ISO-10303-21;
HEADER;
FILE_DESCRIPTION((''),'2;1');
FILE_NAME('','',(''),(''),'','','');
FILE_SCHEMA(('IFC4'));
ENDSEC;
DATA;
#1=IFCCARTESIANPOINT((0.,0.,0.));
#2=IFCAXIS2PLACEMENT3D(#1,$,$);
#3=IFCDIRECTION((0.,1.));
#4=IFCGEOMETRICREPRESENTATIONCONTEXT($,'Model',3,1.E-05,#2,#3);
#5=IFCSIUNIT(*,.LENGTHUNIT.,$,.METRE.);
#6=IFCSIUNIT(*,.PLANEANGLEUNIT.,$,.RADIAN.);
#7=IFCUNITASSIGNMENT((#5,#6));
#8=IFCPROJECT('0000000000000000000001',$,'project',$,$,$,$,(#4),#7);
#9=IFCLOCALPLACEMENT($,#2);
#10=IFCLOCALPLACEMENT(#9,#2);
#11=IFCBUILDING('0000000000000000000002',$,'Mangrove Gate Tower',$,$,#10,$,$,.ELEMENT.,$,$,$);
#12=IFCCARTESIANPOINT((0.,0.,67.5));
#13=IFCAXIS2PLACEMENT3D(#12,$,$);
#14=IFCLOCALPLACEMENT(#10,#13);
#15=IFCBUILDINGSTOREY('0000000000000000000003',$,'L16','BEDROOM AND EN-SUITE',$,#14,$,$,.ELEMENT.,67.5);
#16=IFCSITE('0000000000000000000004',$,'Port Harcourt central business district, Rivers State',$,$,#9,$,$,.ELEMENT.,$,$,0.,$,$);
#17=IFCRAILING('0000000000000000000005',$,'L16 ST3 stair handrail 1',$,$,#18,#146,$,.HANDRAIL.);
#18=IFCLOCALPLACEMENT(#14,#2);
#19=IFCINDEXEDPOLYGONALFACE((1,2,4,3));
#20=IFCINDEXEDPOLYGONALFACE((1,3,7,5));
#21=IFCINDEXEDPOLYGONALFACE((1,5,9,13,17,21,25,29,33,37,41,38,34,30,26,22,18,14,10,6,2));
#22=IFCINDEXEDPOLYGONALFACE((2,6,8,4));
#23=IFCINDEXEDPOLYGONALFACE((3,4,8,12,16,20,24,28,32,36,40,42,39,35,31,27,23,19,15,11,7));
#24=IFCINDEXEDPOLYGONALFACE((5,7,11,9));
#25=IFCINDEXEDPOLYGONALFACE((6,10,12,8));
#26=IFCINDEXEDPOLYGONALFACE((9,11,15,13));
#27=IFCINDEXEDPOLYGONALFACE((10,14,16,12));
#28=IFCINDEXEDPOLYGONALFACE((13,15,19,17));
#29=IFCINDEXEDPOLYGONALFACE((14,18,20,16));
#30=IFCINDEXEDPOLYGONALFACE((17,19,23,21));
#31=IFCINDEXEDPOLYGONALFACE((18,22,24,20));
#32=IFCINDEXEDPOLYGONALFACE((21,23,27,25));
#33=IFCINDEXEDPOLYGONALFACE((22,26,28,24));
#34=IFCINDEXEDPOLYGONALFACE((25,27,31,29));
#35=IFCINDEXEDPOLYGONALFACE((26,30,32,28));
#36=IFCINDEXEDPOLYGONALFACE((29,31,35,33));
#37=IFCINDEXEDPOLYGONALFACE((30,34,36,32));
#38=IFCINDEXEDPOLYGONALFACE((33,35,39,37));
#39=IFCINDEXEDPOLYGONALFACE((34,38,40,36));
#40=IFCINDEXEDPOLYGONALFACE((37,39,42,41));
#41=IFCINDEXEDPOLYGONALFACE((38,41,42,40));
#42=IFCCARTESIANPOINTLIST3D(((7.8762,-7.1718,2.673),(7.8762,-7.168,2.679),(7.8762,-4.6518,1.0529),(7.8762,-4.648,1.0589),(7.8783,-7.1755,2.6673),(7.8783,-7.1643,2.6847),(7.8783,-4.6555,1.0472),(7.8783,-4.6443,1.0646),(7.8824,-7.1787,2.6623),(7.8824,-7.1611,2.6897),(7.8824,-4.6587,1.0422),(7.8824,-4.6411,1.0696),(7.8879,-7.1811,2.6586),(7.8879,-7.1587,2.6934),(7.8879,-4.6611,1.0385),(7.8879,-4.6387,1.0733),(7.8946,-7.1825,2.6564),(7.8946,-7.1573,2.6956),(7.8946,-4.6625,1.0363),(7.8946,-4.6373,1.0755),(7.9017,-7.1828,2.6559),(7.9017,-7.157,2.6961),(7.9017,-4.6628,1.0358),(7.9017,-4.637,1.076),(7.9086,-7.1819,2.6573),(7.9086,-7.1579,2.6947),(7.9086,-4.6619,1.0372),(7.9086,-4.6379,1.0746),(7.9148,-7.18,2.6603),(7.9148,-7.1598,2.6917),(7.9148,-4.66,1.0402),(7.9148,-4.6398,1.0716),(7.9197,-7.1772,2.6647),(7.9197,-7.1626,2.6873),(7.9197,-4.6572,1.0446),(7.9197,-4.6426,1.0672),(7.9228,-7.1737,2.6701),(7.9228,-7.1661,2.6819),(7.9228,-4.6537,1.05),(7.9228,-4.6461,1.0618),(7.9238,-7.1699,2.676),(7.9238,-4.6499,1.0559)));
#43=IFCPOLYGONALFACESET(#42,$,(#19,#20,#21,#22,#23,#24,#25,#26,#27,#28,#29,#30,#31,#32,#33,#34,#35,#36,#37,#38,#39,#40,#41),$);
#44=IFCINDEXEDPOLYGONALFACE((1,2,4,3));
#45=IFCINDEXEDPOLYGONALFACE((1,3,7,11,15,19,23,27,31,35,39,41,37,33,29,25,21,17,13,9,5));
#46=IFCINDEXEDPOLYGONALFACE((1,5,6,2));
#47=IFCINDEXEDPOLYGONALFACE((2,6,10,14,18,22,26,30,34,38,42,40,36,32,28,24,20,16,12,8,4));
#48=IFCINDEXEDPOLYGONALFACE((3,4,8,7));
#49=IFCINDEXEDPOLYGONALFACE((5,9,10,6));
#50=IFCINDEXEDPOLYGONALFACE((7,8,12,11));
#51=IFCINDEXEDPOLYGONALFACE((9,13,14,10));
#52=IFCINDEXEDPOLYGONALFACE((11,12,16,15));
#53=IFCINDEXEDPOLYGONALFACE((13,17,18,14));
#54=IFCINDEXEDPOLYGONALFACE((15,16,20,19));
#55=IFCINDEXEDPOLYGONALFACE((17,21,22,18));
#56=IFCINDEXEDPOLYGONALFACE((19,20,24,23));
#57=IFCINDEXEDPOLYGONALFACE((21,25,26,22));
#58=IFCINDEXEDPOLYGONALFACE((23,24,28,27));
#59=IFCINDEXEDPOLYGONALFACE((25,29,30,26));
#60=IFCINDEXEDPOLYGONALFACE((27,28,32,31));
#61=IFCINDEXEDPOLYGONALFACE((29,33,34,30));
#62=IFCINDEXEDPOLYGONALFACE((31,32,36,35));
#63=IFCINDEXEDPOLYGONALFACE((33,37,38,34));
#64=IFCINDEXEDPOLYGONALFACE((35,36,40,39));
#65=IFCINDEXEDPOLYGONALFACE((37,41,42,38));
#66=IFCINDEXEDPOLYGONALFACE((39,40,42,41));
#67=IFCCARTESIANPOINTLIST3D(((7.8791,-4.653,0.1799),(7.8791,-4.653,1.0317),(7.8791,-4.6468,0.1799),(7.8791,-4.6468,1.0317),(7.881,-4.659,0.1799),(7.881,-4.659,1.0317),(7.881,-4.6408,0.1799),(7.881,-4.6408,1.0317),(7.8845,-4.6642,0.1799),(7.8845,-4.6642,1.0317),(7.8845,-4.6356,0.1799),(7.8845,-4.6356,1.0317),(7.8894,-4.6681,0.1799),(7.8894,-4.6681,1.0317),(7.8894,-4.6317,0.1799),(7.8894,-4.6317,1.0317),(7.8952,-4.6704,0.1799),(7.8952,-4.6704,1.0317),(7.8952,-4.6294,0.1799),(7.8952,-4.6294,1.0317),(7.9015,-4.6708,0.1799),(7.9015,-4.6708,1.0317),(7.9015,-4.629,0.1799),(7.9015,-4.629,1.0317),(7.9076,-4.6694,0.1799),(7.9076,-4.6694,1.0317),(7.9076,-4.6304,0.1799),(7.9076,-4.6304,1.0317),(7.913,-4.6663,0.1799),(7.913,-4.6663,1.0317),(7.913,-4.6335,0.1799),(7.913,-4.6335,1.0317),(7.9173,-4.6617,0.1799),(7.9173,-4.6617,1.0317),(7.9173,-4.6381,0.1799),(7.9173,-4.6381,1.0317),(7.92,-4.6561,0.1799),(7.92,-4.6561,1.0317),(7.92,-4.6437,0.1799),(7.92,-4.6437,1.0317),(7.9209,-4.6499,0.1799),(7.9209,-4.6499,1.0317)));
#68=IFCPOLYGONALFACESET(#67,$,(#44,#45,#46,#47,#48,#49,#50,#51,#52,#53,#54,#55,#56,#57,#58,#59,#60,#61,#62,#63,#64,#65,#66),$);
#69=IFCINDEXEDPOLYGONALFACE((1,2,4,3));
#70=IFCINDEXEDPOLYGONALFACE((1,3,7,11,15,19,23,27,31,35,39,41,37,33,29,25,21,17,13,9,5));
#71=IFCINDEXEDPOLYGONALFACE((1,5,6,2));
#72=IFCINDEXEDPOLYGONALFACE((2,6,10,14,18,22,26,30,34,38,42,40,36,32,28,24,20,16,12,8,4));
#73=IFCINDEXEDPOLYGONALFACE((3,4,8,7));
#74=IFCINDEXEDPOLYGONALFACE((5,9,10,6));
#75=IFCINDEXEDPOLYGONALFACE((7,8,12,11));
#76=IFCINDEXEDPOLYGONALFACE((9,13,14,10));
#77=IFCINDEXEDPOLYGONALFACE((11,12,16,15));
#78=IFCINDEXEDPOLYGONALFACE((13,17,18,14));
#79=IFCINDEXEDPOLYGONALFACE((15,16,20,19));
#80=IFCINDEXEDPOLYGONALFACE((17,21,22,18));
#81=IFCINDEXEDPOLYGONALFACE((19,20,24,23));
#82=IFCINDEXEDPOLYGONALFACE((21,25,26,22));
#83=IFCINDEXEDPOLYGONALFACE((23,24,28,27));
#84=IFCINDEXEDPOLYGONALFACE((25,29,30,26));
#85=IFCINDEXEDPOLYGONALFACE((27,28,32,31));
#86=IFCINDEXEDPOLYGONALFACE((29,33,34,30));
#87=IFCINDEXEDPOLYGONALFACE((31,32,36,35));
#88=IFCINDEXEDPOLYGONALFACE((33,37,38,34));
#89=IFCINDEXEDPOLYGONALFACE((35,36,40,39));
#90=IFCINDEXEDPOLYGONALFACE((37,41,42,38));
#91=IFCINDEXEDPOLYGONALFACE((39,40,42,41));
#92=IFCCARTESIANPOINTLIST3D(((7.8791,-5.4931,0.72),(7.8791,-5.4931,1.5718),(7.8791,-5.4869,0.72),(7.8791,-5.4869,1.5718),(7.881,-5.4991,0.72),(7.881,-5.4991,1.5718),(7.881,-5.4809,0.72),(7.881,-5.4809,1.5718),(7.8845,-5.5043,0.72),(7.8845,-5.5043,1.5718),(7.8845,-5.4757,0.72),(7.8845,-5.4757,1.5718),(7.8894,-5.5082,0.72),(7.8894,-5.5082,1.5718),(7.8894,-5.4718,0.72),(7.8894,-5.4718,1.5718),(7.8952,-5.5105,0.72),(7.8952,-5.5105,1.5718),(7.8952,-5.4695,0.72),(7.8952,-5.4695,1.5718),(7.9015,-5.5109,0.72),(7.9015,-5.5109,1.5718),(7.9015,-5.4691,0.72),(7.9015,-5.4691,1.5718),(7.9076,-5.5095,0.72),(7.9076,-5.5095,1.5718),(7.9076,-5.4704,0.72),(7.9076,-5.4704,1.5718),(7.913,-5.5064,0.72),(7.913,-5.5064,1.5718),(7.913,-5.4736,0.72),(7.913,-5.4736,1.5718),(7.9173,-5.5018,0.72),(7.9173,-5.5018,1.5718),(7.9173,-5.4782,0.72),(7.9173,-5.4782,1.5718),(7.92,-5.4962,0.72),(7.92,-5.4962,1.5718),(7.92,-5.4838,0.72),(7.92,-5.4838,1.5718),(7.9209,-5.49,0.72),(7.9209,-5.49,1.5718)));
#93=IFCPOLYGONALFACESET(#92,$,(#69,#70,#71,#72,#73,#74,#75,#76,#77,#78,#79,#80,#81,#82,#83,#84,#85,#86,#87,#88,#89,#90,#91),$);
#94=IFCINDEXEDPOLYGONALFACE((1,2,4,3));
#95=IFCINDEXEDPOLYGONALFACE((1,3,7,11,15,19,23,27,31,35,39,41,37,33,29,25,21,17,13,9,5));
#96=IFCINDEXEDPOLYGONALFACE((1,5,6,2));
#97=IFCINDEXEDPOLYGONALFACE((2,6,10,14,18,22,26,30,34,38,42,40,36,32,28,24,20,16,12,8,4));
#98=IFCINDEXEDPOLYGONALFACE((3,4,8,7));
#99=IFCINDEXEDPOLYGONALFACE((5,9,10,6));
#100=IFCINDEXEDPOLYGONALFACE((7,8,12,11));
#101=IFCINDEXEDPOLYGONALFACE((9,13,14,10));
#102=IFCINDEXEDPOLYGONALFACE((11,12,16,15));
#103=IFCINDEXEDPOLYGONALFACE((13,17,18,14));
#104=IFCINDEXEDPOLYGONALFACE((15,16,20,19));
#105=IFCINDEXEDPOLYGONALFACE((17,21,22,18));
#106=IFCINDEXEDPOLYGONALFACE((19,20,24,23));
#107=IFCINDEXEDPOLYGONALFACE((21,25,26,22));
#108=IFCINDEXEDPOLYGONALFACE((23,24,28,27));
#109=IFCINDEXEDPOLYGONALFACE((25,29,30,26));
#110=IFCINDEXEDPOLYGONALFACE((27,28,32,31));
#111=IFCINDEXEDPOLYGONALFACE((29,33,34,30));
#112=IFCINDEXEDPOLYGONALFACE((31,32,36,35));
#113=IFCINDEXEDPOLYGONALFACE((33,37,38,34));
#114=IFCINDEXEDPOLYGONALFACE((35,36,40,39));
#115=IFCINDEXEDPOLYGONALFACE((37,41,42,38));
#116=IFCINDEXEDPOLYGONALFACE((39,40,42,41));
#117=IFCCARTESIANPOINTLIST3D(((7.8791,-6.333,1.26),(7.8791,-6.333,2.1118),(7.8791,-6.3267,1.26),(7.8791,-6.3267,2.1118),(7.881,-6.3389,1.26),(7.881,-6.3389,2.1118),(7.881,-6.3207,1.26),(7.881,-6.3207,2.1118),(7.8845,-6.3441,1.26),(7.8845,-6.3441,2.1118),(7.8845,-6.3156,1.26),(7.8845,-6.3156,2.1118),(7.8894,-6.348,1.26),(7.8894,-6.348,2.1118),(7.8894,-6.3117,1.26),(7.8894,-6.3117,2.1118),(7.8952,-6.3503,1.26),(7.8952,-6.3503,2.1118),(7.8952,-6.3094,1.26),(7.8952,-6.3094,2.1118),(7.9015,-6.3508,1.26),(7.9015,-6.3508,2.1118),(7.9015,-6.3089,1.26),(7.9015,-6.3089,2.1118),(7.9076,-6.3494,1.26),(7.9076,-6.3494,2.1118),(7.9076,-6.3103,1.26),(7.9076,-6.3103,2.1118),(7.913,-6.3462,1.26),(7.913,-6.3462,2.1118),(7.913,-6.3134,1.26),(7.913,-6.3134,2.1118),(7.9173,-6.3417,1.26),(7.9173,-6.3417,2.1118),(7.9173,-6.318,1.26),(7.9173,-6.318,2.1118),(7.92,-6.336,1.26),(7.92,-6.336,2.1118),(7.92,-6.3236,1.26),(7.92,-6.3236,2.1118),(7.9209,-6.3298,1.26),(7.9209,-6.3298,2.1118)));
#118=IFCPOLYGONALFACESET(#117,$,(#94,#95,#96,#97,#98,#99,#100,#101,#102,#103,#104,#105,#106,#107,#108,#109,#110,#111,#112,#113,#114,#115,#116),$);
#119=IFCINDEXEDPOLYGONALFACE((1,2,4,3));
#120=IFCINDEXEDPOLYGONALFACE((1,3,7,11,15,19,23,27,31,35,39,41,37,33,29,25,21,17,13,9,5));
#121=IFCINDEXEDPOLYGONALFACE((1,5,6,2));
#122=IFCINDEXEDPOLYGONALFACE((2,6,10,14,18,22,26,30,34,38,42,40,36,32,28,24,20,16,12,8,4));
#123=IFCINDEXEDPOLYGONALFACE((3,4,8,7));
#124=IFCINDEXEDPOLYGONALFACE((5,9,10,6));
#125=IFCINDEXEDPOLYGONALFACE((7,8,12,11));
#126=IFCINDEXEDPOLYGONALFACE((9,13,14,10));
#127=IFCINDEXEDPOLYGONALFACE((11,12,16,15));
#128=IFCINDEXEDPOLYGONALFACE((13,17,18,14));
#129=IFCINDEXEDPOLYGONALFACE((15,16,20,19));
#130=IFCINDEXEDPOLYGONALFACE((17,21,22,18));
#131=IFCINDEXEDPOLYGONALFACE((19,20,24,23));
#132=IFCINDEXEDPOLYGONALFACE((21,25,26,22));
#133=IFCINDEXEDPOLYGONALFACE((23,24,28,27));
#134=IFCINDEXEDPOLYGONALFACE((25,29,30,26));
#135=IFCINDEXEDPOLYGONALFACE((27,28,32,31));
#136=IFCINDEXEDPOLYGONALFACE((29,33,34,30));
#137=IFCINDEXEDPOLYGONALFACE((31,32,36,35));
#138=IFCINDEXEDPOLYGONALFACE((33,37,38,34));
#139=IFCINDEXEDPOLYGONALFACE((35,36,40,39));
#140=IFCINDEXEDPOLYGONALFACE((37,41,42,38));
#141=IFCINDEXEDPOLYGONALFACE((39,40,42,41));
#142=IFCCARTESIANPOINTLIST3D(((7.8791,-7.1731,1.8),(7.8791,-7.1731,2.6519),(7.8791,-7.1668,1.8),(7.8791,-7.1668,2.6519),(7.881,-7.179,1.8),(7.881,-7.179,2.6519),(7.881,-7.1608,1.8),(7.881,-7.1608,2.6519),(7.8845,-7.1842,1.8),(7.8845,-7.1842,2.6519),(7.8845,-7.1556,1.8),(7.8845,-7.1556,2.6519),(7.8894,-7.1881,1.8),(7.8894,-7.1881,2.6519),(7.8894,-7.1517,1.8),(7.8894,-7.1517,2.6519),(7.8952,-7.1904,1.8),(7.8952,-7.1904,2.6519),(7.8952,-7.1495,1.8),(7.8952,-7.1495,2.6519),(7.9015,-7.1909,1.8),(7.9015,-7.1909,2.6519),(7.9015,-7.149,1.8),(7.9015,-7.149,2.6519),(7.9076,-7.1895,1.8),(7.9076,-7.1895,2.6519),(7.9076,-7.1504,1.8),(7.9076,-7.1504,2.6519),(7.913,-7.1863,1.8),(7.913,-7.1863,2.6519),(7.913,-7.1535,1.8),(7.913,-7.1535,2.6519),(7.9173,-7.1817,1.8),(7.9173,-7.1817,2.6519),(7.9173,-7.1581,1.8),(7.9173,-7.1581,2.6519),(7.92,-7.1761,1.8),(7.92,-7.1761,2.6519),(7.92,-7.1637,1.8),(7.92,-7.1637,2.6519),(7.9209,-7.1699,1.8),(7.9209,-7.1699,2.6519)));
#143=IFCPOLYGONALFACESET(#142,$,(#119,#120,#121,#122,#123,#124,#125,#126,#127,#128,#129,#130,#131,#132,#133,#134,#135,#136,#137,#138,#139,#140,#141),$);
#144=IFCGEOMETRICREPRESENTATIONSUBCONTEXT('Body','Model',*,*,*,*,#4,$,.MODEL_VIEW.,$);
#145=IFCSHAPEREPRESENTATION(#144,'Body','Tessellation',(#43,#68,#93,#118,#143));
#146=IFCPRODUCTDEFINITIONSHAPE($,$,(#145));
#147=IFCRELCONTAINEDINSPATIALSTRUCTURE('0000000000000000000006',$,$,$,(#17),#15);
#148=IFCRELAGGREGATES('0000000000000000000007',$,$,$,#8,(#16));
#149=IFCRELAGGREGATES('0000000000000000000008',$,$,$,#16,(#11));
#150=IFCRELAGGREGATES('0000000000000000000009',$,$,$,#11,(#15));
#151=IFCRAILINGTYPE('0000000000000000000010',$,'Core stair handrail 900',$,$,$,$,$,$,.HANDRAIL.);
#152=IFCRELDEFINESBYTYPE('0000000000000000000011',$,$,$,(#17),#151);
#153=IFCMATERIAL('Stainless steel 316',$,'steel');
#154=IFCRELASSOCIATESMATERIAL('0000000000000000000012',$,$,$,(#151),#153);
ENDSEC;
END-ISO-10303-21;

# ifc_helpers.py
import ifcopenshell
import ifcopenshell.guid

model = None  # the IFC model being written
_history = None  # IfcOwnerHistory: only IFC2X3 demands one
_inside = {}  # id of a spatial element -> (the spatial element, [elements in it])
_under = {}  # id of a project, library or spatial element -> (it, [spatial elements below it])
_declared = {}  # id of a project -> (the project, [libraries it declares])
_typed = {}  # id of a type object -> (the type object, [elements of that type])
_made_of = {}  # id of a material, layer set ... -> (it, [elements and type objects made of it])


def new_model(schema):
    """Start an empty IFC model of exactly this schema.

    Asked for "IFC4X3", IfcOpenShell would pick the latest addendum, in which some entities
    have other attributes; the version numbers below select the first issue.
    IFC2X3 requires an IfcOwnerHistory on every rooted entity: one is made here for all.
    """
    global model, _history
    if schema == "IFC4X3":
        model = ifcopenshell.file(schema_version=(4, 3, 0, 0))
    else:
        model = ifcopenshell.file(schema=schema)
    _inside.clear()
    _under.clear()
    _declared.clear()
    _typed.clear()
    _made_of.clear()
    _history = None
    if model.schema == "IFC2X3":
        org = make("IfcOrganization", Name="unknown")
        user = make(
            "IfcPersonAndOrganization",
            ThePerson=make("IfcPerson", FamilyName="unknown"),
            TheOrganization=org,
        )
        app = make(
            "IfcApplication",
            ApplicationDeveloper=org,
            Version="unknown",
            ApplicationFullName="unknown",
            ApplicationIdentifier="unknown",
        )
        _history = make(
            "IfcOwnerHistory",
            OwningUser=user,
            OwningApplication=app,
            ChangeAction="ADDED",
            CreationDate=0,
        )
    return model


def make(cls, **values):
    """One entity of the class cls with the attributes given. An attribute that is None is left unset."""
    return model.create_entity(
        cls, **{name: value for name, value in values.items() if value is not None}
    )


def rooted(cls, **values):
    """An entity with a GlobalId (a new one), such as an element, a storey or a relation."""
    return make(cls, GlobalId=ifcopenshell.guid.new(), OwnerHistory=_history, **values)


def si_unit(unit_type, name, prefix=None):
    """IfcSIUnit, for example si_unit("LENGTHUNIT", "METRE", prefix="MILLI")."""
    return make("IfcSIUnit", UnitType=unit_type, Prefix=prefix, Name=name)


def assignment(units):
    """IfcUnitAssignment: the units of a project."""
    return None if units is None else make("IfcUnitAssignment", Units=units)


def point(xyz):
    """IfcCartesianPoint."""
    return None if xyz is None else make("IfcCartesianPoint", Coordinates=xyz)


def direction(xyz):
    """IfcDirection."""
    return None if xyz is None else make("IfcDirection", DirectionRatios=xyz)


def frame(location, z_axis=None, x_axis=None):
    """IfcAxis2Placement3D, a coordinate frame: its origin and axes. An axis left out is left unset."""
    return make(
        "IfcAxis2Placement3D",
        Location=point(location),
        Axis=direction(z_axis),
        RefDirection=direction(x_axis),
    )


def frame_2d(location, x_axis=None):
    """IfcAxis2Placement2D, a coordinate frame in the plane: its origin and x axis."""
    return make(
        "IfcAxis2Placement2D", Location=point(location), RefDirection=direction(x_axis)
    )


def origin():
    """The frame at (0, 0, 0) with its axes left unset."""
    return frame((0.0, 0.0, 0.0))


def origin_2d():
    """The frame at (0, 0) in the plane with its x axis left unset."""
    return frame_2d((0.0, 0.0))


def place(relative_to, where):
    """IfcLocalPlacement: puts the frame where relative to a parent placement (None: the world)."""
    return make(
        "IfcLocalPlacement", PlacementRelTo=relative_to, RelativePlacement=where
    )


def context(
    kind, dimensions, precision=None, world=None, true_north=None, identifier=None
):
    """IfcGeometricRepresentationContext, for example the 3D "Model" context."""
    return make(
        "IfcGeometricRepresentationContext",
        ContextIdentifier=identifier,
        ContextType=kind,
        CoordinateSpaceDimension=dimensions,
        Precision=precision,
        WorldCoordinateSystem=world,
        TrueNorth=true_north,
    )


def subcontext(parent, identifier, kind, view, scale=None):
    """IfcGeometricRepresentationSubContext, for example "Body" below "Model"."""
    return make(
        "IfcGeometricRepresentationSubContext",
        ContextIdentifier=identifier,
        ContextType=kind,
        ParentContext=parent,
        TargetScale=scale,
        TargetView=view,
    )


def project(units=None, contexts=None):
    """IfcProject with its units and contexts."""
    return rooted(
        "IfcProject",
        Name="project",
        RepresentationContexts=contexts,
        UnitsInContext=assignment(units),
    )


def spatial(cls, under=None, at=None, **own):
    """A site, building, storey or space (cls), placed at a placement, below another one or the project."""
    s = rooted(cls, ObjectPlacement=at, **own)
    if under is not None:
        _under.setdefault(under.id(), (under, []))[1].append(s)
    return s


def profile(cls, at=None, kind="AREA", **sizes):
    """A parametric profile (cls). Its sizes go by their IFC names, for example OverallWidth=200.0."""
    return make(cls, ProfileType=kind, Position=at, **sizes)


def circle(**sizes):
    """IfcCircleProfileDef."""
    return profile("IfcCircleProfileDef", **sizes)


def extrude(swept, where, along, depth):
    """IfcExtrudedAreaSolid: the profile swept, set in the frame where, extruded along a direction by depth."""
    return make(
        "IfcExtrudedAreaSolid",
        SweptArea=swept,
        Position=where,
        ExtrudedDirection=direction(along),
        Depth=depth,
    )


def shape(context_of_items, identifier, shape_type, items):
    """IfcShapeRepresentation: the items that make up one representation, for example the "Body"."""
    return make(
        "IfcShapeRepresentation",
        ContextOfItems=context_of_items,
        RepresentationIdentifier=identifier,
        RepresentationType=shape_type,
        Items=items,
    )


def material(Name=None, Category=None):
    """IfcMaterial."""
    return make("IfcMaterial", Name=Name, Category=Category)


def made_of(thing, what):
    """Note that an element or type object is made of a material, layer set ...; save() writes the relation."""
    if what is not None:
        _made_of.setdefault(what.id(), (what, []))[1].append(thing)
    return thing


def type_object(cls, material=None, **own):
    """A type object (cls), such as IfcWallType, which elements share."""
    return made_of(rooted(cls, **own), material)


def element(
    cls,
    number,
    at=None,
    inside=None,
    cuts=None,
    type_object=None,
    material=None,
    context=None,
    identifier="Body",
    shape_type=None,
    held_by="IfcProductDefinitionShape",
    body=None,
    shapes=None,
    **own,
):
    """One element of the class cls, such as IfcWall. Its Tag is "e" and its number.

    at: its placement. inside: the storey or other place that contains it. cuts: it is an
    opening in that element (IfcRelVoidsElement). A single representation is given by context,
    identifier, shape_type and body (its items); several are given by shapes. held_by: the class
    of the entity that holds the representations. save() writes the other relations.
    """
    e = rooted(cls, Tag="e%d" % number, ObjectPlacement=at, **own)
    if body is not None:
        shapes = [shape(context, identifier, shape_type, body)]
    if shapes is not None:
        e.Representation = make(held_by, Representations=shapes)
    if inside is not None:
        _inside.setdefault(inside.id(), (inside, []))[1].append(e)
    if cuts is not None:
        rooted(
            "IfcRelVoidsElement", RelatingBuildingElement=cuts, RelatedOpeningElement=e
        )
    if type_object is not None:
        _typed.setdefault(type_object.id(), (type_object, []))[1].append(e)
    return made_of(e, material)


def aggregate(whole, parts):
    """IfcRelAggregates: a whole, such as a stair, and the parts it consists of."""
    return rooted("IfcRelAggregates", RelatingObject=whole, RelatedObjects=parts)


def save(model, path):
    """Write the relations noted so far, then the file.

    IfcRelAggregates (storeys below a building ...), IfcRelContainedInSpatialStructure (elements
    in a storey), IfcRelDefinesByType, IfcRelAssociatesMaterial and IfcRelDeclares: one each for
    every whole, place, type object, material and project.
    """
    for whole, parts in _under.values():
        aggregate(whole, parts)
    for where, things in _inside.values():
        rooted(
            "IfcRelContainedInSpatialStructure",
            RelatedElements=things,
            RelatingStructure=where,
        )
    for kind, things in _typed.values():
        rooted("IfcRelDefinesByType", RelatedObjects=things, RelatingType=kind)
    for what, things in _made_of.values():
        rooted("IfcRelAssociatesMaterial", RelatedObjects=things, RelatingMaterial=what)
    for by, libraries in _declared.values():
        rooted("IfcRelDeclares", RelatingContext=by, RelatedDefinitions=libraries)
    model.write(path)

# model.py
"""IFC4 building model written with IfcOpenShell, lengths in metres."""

from ifc_helpers import new_model, si_unit, direction, frame, origin, origin_2d, place, context, subcontext, project, spatial, circle, extrude, material, type_object, element, save


model = new_model("IFC4")

# Units and contexts
model_context = context("Model", 3, precision=1e-05, world=origin(), true_north=direction((0.0, 1.0)))
body_context = subcontext(model_context, "Body", "Model", "MODEL_VIEW")
ifc_project = project(units=[si_unit("LENGTHUNIT", "METRE"), si_unit("PLANEANGLEUNIT", "RADIAN")], contexts=[model_context])

# Site, building, storey
site_placement = place(None, origin())
site = spatial("IfcSite", under=ifc_project, at=site_placement, Name="Port Harcourt central business district, Rivers State", CompositionType="ELEMENT", RefElevation=0.0)
building_placement = place(site_placement, origin())
building = spatial("IfcBuilding", under=site, at=building_placement, Name="Mangrove Gate Tower", CompositionType="ELEMENT")
storey_placement = place(building_placement, frame((0.0, 0.0, 67.5)))
storey = spatial("IfcBuildingStorey", under=building, at=storey_placement, Name="L16", Description="BEDROOM AND EN-SUITE", CompositionType="ELEMENT", Elevation=67.5)

# Railing
ifc_material_1 = material(Name="Stainless steel 316", Category="steel")
railing_type_1 = type_object("IfcRailingType", Name="Core stair handrail 900", PredefinedType="HANDRAIL", material=ifc_material_1)
railing_1_placement = place(storey_placement, frame((7.8999, -4.6499, 0.1799)))
element("IfcRailing", 1, at=railing_1_placement, inside=storey, type_object=railing_type_1, Name="L16 ST3 stair handrail 1", PredefinedType="HANDRAIL", context=body_context, shape_type="SweptSolid", body=[
    extrude(circle(Radius=0.0239, at=origin_2d()), frame((0.0, 0.0, 0.876), z_axis=(0.0, -0.841163, 0.540782), x_axis=(1.0, 0.0, 0.0)), (0.0, 0.0, 1.0), 2.9958),
    extrude(circle(Radius=0.021, at=origin_2d()), origin(), (0.0, 0.0, 1.0), 0.8518),
    extrude(circle(Radius=0.021, at=origin_2d()), frame((0.0, -0.8401, 0.54)), (0.0, 0.0, 1.0), 0.8518),
    extrude(circle(Radius=0.021, at=origin_2d()), frame((0.0, -1.6799, 1.0801)), (0.0, 0.0, 1.0), 0.8518),
    extrude(circle(Radius=0.021, at=origin_2d()), frame((0.0, -2.52, 1.6201)), (0.0, 0.0, 1.0), 0.8518),
])

save(model, "model.ifc")
